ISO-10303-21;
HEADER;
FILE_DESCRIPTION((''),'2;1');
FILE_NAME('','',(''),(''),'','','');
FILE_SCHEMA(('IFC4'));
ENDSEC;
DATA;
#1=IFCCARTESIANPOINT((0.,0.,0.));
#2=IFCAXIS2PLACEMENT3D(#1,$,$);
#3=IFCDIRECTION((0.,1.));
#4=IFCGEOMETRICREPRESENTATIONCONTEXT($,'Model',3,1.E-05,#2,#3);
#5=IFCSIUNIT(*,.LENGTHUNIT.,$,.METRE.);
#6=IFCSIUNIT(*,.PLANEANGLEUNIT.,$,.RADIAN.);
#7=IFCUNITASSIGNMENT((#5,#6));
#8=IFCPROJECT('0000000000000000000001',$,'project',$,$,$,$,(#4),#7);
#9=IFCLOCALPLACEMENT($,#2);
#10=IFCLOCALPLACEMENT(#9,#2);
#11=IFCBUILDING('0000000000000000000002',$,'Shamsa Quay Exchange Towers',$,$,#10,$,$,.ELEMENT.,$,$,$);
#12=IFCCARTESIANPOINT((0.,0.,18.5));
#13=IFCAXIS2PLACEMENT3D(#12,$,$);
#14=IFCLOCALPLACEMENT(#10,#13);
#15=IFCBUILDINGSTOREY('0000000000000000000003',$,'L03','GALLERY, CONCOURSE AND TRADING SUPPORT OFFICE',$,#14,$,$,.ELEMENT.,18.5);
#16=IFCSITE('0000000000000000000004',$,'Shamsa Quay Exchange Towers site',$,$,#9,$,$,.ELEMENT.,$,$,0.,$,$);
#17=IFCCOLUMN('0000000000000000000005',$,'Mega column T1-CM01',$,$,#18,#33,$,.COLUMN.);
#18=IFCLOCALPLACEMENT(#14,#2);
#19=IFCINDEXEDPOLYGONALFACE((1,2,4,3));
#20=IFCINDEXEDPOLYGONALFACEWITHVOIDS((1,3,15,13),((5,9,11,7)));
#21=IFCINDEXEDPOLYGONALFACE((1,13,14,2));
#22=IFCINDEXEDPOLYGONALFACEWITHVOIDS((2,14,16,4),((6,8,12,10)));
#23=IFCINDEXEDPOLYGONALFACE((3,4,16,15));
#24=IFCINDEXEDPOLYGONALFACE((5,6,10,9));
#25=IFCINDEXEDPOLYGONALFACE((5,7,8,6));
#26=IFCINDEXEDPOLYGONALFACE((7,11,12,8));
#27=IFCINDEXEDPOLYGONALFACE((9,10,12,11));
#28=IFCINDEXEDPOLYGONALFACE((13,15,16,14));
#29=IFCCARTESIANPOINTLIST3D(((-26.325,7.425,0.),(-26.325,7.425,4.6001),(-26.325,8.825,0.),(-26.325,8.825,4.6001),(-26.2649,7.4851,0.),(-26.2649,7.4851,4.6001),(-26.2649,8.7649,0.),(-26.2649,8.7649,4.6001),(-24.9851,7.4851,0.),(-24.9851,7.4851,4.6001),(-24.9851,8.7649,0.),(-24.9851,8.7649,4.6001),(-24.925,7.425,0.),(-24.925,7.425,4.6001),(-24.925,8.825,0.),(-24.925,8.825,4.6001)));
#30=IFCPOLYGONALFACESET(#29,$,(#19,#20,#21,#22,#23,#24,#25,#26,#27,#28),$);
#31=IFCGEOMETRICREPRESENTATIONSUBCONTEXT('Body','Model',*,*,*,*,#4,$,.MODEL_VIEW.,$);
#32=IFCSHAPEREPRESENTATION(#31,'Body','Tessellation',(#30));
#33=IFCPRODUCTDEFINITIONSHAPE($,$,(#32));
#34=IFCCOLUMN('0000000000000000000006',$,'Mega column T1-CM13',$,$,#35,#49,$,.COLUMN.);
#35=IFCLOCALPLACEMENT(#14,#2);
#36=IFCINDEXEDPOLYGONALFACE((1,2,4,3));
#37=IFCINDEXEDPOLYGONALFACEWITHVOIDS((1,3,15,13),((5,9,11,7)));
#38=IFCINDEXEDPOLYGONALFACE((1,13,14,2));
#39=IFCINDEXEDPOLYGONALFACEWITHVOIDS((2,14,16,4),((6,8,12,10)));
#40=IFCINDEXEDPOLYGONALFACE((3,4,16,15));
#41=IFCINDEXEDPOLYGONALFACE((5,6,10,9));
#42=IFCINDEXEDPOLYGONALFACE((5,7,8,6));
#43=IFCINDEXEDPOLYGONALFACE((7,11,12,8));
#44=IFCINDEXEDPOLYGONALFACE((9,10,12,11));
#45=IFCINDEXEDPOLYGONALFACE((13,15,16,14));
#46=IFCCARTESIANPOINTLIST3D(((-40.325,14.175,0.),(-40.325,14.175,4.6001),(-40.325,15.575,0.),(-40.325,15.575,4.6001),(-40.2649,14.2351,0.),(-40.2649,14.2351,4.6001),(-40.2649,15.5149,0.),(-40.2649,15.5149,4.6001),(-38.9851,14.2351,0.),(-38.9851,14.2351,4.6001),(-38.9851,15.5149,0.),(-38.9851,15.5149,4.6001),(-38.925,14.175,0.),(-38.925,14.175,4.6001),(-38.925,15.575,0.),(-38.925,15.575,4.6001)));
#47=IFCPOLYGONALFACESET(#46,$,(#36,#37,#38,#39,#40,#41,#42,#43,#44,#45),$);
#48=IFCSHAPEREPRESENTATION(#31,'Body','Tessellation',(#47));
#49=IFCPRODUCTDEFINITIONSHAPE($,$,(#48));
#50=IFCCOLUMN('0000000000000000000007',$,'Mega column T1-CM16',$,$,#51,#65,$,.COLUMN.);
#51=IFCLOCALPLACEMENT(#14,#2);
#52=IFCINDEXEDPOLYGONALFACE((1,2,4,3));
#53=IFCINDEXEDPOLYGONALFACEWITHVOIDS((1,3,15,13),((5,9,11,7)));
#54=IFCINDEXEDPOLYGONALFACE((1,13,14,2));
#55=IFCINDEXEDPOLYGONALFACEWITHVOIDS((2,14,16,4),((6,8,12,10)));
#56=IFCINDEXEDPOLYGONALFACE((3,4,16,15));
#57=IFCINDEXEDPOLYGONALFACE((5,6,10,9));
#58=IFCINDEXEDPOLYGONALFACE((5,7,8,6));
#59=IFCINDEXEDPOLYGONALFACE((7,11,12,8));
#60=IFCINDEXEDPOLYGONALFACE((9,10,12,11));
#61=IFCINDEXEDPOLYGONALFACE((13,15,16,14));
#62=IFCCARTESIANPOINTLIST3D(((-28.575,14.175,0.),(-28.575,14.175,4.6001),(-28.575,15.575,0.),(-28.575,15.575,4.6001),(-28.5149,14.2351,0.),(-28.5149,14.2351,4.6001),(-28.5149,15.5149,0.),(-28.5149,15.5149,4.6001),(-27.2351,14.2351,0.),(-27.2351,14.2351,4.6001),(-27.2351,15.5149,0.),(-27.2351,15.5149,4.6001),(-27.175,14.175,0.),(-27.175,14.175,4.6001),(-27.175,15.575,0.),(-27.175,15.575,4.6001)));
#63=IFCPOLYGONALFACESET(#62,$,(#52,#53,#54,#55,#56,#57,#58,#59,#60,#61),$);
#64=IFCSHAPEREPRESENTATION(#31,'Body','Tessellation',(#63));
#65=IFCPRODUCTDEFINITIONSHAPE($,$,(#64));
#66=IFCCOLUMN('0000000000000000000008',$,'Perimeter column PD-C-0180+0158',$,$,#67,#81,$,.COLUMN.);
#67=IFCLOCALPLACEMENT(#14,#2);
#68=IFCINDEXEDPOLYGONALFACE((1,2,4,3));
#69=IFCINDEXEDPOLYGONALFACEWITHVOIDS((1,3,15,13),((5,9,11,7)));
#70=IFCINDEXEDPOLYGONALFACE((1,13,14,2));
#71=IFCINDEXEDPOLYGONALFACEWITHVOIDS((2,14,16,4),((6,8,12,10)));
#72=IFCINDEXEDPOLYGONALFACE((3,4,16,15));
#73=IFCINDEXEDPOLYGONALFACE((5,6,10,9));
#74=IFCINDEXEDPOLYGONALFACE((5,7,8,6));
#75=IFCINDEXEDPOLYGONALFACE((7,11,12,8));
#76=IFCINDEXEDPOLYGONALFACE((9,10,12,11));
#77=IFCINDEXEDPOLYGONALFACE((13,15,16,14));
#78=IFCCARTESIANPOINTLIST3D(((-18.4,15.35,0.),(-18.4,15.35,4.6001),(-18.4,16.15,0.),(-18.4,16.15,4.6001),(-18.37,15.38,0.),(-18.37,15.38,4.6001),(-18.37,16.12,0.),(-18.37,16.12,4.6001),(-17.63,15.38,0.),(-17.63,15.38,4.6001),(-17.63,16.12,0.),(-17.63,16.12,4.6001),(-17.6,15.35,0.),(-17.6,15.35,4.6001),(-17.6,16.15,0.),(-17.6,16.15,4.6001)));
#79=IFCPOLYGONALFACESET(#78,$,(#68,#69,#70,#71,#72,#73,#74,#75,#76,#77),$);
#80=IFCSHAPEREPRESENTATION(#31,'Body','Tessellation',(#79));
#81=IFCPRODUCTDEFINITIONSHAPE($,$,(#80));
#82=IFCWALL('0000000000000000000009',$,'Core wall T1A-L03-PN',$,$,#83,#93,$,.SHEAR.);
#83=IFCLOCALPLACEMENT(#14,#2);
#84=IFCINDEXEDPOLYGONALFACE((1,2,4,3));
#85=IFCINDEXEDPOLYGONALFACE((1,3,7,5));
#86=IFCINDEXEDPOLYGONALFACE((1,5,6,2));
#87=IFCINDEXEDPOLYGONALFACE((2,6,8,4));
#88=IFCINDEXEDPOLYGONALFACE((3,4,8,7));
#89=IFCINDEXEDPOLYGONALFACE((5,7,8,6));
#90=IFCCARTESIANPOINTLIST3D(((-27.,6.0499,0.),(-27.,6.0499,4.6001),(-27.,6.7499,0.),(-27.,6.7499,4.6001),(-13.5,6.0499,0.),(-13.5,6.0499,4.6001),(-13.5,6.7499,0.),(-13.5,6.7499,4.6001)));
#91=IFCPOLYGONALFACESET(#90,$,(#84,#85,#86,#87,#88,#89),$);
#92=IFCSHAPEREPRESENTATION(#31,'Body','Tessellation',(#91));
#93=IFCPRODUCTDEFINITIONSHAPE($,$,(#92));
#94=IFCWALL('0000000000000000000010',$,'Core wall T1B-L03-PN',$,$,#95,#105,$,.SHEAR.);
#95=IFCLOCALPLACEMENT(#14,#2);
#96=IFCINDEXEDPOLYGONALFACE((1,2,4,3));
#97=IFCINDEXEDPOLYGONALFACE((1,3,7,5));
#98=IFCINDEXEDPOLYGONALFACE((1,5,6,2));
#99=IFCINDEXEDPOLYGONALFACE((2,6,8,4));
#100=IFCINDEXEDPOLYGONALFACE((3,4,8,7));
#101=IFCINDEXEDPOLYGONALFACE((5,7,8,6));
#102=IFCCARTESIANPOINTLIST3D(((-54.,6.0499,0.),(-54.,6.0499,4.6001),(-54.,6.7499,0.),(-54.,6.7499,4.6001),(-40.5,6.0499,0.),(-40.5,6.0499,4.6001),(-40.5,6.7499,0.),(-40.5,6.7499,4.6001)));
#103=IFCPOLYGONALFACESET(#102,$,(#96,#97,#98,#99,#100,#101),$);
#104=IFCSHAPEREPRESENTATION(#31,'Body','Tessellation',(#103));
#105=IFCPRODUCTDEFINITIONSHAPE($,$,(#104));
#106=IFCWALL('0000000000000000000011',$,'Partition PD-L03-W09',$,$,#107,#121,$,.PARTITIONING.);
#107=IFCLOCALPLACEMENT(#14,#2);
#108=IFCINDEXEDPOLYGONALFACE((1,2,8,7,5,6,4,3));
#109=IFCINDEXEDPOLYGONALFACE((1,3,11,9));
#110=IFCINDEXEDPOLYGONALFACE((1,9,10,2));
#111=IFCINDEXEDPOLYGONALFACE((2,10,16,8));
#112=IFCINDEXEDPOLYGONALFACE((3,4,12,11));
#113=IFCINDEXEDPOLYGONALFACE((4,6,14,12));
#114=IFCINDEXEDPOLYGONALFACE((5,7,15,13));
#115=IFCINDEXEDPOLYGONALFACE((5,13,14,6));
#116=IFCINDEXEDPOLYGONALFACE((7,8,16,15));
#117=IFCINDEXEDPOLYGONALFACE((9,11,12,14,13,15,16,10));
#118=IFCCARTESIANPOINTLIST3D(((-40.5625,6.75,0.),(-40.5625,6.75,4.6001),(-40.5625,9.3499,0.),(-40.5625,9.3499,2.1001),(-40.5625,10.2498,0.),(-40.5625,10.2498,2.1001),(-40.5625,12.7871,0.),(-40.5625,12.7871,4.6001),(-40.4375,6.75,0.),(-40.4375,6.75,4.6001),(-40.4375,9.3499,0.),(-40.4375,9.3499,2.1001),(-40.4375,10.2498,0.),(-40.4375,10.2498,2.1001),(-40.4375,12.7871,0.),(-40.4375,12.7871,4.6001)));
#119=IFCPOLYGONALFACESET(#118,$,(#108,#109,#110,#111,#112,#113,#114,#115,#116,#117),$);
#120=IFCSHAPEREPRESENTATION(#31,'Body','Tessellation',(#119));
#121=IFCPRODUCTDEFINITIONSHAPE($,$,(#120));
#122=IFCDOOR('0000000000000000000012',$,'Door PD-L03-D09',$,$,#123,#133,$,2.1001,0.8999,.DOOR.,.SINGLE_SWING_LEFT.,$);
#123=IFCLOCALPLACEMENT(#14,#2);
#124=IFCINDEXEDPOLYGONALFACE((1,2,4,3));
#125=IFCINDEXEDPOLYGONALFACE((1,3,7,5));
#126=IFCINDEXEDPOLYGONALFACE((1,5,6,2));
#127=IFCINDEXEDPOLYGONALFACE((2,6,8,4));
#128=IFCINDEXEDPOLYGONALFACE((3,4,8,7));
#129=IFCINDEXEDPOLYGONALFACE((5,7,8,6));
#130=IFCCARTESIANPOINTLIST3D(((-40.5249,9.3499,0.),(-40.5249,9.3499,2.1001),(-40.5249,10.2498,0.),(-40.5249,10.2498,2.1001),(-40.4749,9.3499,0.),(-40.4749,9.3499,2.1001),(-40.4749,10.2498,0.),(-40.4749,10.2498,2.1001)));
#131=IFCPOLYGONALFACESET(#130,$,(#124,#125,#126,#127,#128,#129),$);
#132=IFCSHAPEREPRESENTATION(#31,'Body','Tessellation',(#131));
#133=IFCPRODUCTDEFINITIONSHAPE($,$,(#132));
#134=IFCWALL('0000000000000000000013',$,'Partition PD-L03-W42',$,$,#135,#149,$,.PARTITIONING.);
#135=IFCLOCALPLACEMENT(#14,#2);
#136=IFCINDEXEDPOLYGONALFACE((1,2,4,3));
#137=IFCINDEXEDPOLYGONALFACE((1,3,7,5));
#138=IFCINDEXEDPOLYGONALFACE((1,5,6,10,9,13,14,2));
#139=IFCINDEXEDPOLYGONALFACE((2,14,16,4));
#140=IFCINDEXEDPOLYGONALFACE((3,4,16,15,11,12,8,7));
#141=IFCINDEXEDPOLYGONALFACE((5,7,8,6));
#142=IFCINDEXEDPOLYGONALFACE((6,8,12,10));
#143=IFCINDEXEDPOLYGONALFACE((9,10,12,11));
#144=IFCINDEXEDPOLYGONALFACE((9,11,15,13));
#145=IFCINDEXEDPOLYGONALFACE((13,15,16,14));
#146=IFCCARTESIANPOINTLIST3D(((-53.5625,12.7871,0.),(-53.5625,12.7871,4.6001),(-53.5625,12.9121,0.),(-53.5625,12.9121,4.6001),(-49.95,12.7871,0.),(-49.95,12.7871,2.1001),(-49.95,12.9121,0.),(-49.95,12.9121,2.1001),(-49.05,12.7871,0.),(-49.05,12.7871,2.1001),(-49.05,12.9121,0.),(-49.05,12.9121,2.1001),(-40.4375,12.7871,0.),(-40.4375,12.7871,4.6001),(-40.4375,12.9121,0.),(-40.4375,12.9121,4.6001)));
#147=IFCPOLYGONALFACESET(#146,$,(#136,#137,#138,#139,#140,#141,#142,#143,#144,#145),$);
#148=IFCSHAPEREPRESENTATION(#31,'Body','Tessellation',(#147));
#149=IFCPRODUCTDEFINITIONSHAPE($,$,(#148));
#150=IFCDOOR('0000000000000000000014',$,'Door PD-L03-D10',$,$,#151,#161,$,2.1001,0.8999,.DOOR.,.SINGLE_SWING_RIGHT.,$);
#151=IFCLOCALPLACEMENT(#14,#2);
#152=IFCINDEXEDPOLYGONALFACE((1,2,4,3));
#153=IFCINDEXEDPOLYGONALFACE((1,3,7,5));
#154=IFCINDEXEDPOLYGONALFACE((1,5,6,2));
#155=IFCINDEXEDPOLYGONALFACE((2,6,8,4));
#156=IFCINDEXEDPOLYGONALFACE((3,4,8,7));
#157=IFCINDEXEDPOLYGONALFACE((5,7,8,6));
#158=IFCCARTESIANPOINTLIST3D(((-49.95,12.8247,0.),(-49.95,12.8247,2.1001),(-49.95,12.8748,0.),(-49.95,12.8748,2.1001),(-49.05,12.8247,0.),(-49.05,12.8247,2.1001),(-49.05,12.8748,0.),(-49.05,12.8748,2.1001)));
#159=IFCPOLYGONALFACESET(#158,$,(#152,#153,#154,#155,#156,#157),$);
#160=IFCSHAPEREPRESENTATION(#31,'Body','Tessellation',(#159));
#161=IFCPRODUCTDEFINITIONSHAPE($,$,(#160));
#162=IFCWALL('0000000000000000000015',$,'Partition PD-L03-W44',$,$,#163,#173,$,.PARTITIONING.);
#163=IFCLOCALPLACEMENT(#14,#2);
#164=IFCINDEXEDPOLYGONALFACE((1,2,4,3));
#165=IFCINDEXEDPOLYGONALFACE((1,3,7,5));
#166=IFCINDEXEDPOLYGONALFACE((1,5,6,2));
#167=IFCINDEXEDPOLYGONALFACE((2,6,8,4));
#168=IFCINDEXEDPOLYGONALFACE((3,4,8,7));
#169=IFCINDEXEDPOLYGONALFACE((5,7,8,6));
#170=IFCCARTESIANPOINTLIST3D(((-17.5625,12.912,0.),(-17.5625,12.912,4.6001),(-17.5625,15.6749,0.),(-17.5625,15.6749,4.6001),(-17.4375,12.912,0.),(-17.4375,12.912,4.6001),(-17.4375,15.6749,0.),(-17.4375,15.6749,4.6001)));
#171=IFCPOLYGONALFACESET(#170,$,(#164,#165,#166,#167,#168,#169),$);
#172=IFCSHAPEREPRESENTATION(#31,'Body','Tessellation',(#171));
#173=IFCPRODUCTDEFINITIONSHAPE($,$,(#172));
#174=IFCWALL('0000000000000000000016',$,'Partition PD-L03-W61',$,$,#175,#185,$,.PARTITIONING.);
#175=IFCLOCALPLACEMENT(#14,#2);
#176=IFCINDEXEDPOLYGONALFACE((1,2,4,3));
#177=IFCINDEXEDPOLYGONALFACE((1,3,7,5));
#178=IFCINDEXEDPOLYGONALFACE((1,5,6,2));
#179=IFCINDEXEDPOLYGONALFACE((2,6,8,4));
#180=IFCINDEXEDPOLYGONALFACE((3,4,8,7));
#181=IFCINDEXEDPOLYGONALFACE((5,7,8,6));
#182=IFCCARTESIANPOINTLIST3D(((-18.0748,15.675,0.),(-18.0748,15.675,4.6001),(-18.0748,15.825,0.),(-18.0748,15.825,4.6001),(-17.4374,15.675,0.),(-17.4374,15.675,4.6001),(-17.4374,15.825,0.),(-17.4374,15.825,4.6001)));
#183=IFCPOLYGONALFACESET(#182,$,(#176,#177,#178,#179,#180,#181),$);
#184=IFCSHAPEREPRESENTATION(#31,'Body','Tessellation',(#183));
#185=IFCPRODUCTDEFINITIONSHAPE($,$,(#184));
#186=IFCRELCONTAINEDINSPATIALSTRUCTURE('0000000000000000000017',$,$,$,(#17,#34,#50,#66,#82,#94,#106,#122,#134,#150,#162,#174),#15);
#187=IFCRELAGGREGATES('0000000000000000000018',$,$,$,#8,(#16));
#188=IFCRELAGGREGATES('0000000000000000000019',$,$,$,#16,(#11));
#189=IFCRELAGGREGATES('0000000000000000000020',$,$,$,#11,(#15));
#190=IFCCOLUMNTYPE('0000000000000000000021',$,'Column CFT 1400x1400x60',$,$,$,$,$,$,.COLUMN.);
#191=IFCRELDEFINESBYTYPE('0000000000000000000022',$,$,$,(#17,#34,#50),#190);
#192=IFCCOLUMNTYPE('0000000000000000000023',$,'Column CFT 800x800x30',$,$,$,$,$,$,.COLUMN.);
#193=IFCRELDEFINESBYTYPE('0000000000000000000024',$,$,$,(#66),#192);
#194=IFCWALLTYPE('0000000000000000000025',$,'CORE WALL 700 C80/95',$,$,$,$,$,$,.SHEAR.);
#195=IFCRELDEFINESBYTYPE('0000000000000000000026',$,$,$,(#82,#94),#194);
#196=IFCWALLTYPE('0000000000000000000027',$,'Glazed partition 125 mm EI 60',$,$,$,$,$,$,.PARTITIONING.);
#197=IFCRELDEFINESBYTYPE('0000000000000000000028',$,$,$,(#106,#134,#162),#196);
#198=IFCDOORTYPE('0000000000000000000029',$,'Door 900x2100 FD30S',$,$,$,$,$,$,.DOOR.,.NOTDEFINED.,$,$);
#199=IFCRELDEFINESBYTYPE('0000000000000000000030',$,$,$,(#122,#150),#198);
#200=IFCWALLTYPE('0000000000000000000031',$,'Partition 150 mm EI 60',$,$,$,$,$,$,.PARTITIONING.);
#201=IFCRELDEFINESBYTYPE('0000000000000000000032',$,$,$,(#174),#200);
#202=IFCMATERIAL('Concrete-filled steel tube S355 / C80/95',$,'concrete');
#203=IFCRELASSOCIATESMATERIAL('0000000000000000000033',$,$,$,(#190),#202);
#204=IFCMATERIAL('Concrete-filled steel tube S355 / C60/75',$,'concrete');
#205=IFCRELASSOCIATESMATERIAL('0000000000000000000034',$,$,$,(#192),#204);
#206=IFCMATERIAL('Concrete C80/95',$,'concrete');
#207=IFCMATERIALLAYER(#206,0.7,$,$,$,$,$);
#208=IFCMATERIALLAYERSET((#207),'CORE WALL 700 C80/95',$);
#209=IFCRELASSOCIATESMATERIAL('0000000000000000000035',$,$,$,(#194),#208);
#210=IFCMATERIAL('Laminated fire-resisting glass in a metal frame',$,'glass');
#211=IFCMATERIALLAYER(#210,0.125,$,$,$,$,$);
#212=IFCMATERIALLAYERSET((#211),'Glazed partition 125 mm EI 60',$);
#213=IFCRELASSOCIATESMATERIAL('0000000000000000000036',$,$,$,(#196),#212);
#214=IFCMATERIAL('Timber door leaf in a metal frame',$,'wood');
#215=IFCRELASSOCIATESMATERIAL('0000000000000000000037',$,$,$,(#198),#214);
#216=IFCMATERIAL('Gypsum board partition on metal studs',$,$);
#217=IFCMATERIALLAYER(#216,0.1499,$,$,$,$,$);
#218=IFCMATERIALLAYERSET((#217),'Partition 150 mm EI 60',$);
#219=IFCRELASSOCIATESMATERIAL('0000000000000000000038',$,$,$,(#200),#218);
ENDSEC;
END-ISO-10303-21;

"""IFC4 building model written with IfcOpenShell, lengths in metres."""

from ifc_helpers import new_model, si_unit, direction, frame, frame_2d, origin, origin_2d, place, context, subcontext, project, spatial, rectangle, hollow_rectangle, extrude, material, layer, layer_set, material_profile, profile_set, type_object, element, fill, save


model = new_model("IFC4")

# Units and contexts
model_context = context("Model", 3, precision=1e-05, world=origin(), true_north=direction((0.0, 1.0)))
body_context = subcontext(model_context, "Body", "Model", "MODEL_VIEW")
ifc_project = project(units=[si_unit("LENGTHUNIT", "METRE"), si_unit("PLANEANGLEUNIT", "RADIAN")], contexts=[model_context])

# Site, building, storey
site_placement = place(None, origin())
site = spatial("IfcSite", under=ifc_project, at=site_placement, Name="Shamsa Quay Exchange Towers site", CompositionType="ELEMENT", RefElevation=0.0)
building_placement = place(site_placement, origin())
building = spatial("IfcBuilding", under=site, at=building_placement, Name="Shamsa Quay Exchange Towers", CompositionType="ELEMENT")
storey_placement = place(building_placement, frame((0.0, 0.0, 18.5)))
storey = spatial("IfcBuildingStorey", under=building, at=storey_placement, Name="L03", Description="GALLERY, CONCOURSE AND TRADING SUPPORT OFFICE", CompositionType="ELEMENT", Elevation=18.5)

# Columns
ifc_material_1 = material(Name="Concrete-filled steel tube S355 / C80/95", Category="concrete")
ifc_material_profile_1 = material_profile(ifc_material_1, hollow_rectangle(XDim=1.3999, YDim=1.3999, WallThickness=0.0601, at=origin_2d()), Name="CFT 1400x1400x60")
ifc_profile_set_1 = profile_set([ifc_material_profile_1], Name="Concrete-filled steel tube S355 / C80/95")
column_type_1 = type_object("IfcColumnType", Name="Column CFT 1400x1400x60", PredefinedType="COLUMN", material=ifc_profile_set_1)
for number, where, name in (
    (1, (-25.625, 8.125, 0.0), "Mega column T1-CM01"),
    (2, (-39.625, 14.875, 0.0), "Mega column T1-CM13"),
    (3, (-27.875, 14.875, 0.0), "Mega column T1-CM16"),
):
    element("IfcColumn", number, at=place(storey_placement, frame(where)), inside=storey, type_object=column_type_1, Name=name, PredefinedType="COLUMN", context=body_context, shape_type="SweptSolid", body=[
        extrude(hollow_rectangle(XDim=1.3999, YDim=1.3999, WallThickness=0.0601, at=origin_2d()), origin(), (0.0, 0.0, 1.0), 4.6001),
    ])
ifc_material_2 = material(Name="Concrete-filled steel tube S355 / C60/75", Category="concrete")
ifc_material_profile_2 = material_profile(ifc_material_2, hollow_rectangle(XDim=0.8, YDim=0.8, WallThickness=0.03, at=origin_2d()), Name="CFT 800x800x30")
ifc_profile_set_2 = profile_set([ifc_material_profile_2], Name="Concrete-filled steel tube S355 / C60/75")
column_type_2 = type_object("IfcColumnType", Name="Column CFT 800x800x30", PredefinedType="COLUMN", material=ifc_profile_set_2)
column_placement = place(storey_placement, frame((-18.0, 15.75, 0.0)))
element("IfcColumn", 4, at=column_placement, inside=storey, type_object=column_type_2, Name="Perimeter column PD-C-0180+0158", PredefinedType="COLUMN", context=body_context, shape_type="SweptSolid", body=[
    extrude(hollow_rectangle(XDim=0.8, YDim=0.8, WallThickness=0.03, at=origin_2d()), origin(), (0.0, 0.0, 1.0), 4.6001),
])

# Wall
ifc_material_3 = material(Name="Concrete C80/95", Category="concrete")
ifc_layer_1 = layer(ifc_material_3, 0.7)
ifc_layer_set_1 = layer_set([ifc_layer_1], Name="CORE WALL 700 C80/95")
wall_type_1 = type_object("IfcWallType", Name="CORE WALL 700 C80/95", PredefinedType="SHEAR", material=ifc_layer_set_1)
wall_1_placement = place(storey_placement, frame((-27.0, 6.3999, 0.0)))
element("IfcWall", 5, at=wall_1_placement, inside=storey, type_object=wall_type_1, Name="Core wall T1A-L03-PN", PredefinedType="SHEAR", context=body_context, shape_type="SweptSolid", body=[
    extrude(rectangle(XDim=13.5, YDim=0.7, at=frame_2d((6.75, 0.0))), origin(), (0.0, 0.0, 1.0), 4.6001),
])

# Wall
wall_2_placement = place(storey_placement, frame((-40.5, 6.3999, 0.0), z_axis=(0.0, 0.0, 1.0), x_axis=(-1.0, 0.0, 0.0)))
element("IfcWall", 6, at=wall_2_placement, inside=storey, type_object=wall_type_1, Name="Core wall T1B-L03-PN", PredefinedType="SHEAR", context=body_context, shape_type="SweptSolid", body=[
    extrude(rectangle(XDim=13.5, YDim=0.7, at=frame_2d((6.75, 0.0))), origin(), (0.0, 0.0, 1.0), 4.6001),
])

# Walls, openings, doors
ifc_material_4 = material(Name="Laminated fire-resisting glass in a metal frame", Category="glass")
ifc_layer_2 = layer(ifc_material_4, 0.125)
ifc_layer_set_2 = layer_set([ifc_layer_2], Name="Glazed partition 125 mm EI 60")
wall_type_2 = type_object("IfcWallType", Name="Glazed partition 125 mm EI 60", PredefinedType="PARTITIONING", material=ifc_layer_set_2)
wall_3_placement = place(storey_placement, frame((-40.5, 6.75, 0.0), z_axis=(0.0, 0.0, 1.0), x_axis=(0.0, 1.0, 0.0)))
wall_3 = element("IfcWall", 7, at=wall_3_placement, inside=storey, type_object=wall_type_2, Name="Partition PD-L03-W09", PredefinedType="PARTITIONING", context=body_context, shape_type="SweptSolid", body=[
    extrude(rectangle(XDim=6.0371, YDim=0.125, at=frame_2d((3.0186, 0.0))), origin(), (0.0, 0.0, 1.0), 4.6001),
])
opening_1_placement = place(wall_3_placement, frame((2.5999, 0.0, 0.0)))
opening_1 = element("IfcOpeningElement", 8, at=opening_1_placement, cuts=wall_3, PredefinedType="OPENING", context=body_context, shape_type="SweptSolid", body=[
    extrude(rectangle(XDim=0.8999, YDim=2.1001, at=frame_2d((0.45, 1.05))), frame((0.0, 0.0725, 0.0), z_axis=(0.0, -1.0, 0.0), x_axis=(1.0, 0.0, 0.0)), (0.0, 0.0, 1.0), 0.145),
])
ifc_material_5 = material(Name="Timber door leaf in a metal frame", Category="wood")
door_type_1 = type_object("IfcDoorType", Name="Door 900x2100 FD30S", OperationType="NOTDEFINED", PredefinedType="DOOR", material=ifc_material_5)
door_1_placement = place(opening_1_placement, origin())
door_1 = element("IfcDoor", 9, at=door_1_placement, inside=storey, type_object=door_type_1, Name="Door PD-L03-D09", OperationType="SINGLE_SWING_LEFT", OverallHeight=2.1001, OverallWidth=0.8999, PredefinedType="DOOR", context=body_context, shape_type="SweptSolid", body=[
    extrude(rectangle(XDim=0.8999, YDim=2.1001, at=frame_2d((0.45, 1.05))), frame((0.0, 0.0249, 0.0), z_axis=(0.0, -1.0, 0.0), x_axis=(1.0, 0.0, 0.0)), (0.0, 0.0, 1.0), 0.05),
])
fill(opening_1, door_1)
wall_4_placement = place(storey_placement, frame((-40.4375, 12.8496, 0.0), z_axis=(0.0, 0.0, 1.0), x_axis=(-1.0, 0.0, 0.0)))
wall_4 = element("IfcWall", 10, at=wall_4_placement, inside=storey, type_object=wall_type_2, Name="Partition PD-L03-W42", PredefinedType="PARTITIONING", context=body_context, shape_type="SweptSolid", body=[
    extrude(rectangle(XDim=13.125, YDim=0.125, at=frame_2d((6.5625, 0.0))), origin(), (0.0, 0.0, 1.0), 4.6001),
])
opening_2_placement = place(wall_4_placement, frame((8.6125, 0.0, 0.0)))
opening_2 = element("IfcOpeningElement", 11, at=opening_2_placement, cuts=wall_4, PredefinedType="OPENING", context=body_context, shape_type="SweptSolid", body=[
    extrude(rectangle(XDim=0.8999, YDim=2.1001, at=frame_2d((0.45, 1.05))), frame((0.0, 0.0725, 0.0), z_axis=(0.0, -1.0, 0.0), x_axis=(1.0, 0.0, 0.0)), (0.0, 0.0, 1.0), 0.145),
])
door_2_placement = place(opening_2_placement, origin())
door_2 = element("IfcDoor", 12, at=door_2_placement, inside=storey, type_object=door_type_1, Name="Door PD-L03-D10", OperationType="SINGLE_SWING_RIGHT", OverallHeight=2.1001, OverallWidth=0.8999, PredefinedType="DOOR", context=body_context, shape_type="SweptSolid", body=[
    extrude(rectangle(XDim=0.8999, YDim=2.1001, at=frame_2d((0.45, 1.05))), frame((0.0, 0.0249, 0.0), z_axis=(0.0, -1.0, 0.0), x_axis=(1.0, 0.0, 0.0)), (0.0, 0.0, 1.0), 0.05),
])
fill(opening_2, door_2)

# Walls
wall_5_placement = place(storey_placement, frame((-17.5, 12.9121, 0.0), z_axis=(0.0, 0.0, 1.0), x_axis=(0.0, 1.0, 0.0)))
element("IfcWall", 13, at=wall_5_placement, inside=storey, type_object=wall_type_2, Name="Partition PD-L03-W44", PredefinedType="PARTITIONING", context=body_context, shape_type="SweptSolid", body=[
    extrude(rectangle(XDim=2.7629, YDim=0.125, at=frame_2d((1.3813, 0.0))), origin(), (0.0, 0.0, 1.0), 4.6001),
])
ifc_material_6 = material(Name="Gypsum board partition on metal studs")
ifc_layer_3 = layer(ifc_material_6, 0.1499)
ifc_layer_set_3 = layer_set([ifc_layer_3], Name="Partition 150 mm EI 60")
wall_type_3 = type_object("IfcWallType", Name="Partition 150 mm EI 60", PredefinedType="PARTITIONING", material=ifc_layer_set_3)
wall_6_placement = place(storey_placement, frame((-18.075, 15.75, 0.0)))
element("IfcWall", 14, at=wall_6_placement, inside=storey, type_object=wall_type_3, Name="Partition PD-L03-W61", PredefinedType="PARTITIONING", context=body_context, shape_type="SweptSolid", body=[
    extrude(rectangle(XDim=0.6375, YDim=0.1499, at=frame_2d((0.3188, 0.0))), origin(), (0.0, 0.0, 1.0), 4.6001),
])

save(model, "model.ifc")
